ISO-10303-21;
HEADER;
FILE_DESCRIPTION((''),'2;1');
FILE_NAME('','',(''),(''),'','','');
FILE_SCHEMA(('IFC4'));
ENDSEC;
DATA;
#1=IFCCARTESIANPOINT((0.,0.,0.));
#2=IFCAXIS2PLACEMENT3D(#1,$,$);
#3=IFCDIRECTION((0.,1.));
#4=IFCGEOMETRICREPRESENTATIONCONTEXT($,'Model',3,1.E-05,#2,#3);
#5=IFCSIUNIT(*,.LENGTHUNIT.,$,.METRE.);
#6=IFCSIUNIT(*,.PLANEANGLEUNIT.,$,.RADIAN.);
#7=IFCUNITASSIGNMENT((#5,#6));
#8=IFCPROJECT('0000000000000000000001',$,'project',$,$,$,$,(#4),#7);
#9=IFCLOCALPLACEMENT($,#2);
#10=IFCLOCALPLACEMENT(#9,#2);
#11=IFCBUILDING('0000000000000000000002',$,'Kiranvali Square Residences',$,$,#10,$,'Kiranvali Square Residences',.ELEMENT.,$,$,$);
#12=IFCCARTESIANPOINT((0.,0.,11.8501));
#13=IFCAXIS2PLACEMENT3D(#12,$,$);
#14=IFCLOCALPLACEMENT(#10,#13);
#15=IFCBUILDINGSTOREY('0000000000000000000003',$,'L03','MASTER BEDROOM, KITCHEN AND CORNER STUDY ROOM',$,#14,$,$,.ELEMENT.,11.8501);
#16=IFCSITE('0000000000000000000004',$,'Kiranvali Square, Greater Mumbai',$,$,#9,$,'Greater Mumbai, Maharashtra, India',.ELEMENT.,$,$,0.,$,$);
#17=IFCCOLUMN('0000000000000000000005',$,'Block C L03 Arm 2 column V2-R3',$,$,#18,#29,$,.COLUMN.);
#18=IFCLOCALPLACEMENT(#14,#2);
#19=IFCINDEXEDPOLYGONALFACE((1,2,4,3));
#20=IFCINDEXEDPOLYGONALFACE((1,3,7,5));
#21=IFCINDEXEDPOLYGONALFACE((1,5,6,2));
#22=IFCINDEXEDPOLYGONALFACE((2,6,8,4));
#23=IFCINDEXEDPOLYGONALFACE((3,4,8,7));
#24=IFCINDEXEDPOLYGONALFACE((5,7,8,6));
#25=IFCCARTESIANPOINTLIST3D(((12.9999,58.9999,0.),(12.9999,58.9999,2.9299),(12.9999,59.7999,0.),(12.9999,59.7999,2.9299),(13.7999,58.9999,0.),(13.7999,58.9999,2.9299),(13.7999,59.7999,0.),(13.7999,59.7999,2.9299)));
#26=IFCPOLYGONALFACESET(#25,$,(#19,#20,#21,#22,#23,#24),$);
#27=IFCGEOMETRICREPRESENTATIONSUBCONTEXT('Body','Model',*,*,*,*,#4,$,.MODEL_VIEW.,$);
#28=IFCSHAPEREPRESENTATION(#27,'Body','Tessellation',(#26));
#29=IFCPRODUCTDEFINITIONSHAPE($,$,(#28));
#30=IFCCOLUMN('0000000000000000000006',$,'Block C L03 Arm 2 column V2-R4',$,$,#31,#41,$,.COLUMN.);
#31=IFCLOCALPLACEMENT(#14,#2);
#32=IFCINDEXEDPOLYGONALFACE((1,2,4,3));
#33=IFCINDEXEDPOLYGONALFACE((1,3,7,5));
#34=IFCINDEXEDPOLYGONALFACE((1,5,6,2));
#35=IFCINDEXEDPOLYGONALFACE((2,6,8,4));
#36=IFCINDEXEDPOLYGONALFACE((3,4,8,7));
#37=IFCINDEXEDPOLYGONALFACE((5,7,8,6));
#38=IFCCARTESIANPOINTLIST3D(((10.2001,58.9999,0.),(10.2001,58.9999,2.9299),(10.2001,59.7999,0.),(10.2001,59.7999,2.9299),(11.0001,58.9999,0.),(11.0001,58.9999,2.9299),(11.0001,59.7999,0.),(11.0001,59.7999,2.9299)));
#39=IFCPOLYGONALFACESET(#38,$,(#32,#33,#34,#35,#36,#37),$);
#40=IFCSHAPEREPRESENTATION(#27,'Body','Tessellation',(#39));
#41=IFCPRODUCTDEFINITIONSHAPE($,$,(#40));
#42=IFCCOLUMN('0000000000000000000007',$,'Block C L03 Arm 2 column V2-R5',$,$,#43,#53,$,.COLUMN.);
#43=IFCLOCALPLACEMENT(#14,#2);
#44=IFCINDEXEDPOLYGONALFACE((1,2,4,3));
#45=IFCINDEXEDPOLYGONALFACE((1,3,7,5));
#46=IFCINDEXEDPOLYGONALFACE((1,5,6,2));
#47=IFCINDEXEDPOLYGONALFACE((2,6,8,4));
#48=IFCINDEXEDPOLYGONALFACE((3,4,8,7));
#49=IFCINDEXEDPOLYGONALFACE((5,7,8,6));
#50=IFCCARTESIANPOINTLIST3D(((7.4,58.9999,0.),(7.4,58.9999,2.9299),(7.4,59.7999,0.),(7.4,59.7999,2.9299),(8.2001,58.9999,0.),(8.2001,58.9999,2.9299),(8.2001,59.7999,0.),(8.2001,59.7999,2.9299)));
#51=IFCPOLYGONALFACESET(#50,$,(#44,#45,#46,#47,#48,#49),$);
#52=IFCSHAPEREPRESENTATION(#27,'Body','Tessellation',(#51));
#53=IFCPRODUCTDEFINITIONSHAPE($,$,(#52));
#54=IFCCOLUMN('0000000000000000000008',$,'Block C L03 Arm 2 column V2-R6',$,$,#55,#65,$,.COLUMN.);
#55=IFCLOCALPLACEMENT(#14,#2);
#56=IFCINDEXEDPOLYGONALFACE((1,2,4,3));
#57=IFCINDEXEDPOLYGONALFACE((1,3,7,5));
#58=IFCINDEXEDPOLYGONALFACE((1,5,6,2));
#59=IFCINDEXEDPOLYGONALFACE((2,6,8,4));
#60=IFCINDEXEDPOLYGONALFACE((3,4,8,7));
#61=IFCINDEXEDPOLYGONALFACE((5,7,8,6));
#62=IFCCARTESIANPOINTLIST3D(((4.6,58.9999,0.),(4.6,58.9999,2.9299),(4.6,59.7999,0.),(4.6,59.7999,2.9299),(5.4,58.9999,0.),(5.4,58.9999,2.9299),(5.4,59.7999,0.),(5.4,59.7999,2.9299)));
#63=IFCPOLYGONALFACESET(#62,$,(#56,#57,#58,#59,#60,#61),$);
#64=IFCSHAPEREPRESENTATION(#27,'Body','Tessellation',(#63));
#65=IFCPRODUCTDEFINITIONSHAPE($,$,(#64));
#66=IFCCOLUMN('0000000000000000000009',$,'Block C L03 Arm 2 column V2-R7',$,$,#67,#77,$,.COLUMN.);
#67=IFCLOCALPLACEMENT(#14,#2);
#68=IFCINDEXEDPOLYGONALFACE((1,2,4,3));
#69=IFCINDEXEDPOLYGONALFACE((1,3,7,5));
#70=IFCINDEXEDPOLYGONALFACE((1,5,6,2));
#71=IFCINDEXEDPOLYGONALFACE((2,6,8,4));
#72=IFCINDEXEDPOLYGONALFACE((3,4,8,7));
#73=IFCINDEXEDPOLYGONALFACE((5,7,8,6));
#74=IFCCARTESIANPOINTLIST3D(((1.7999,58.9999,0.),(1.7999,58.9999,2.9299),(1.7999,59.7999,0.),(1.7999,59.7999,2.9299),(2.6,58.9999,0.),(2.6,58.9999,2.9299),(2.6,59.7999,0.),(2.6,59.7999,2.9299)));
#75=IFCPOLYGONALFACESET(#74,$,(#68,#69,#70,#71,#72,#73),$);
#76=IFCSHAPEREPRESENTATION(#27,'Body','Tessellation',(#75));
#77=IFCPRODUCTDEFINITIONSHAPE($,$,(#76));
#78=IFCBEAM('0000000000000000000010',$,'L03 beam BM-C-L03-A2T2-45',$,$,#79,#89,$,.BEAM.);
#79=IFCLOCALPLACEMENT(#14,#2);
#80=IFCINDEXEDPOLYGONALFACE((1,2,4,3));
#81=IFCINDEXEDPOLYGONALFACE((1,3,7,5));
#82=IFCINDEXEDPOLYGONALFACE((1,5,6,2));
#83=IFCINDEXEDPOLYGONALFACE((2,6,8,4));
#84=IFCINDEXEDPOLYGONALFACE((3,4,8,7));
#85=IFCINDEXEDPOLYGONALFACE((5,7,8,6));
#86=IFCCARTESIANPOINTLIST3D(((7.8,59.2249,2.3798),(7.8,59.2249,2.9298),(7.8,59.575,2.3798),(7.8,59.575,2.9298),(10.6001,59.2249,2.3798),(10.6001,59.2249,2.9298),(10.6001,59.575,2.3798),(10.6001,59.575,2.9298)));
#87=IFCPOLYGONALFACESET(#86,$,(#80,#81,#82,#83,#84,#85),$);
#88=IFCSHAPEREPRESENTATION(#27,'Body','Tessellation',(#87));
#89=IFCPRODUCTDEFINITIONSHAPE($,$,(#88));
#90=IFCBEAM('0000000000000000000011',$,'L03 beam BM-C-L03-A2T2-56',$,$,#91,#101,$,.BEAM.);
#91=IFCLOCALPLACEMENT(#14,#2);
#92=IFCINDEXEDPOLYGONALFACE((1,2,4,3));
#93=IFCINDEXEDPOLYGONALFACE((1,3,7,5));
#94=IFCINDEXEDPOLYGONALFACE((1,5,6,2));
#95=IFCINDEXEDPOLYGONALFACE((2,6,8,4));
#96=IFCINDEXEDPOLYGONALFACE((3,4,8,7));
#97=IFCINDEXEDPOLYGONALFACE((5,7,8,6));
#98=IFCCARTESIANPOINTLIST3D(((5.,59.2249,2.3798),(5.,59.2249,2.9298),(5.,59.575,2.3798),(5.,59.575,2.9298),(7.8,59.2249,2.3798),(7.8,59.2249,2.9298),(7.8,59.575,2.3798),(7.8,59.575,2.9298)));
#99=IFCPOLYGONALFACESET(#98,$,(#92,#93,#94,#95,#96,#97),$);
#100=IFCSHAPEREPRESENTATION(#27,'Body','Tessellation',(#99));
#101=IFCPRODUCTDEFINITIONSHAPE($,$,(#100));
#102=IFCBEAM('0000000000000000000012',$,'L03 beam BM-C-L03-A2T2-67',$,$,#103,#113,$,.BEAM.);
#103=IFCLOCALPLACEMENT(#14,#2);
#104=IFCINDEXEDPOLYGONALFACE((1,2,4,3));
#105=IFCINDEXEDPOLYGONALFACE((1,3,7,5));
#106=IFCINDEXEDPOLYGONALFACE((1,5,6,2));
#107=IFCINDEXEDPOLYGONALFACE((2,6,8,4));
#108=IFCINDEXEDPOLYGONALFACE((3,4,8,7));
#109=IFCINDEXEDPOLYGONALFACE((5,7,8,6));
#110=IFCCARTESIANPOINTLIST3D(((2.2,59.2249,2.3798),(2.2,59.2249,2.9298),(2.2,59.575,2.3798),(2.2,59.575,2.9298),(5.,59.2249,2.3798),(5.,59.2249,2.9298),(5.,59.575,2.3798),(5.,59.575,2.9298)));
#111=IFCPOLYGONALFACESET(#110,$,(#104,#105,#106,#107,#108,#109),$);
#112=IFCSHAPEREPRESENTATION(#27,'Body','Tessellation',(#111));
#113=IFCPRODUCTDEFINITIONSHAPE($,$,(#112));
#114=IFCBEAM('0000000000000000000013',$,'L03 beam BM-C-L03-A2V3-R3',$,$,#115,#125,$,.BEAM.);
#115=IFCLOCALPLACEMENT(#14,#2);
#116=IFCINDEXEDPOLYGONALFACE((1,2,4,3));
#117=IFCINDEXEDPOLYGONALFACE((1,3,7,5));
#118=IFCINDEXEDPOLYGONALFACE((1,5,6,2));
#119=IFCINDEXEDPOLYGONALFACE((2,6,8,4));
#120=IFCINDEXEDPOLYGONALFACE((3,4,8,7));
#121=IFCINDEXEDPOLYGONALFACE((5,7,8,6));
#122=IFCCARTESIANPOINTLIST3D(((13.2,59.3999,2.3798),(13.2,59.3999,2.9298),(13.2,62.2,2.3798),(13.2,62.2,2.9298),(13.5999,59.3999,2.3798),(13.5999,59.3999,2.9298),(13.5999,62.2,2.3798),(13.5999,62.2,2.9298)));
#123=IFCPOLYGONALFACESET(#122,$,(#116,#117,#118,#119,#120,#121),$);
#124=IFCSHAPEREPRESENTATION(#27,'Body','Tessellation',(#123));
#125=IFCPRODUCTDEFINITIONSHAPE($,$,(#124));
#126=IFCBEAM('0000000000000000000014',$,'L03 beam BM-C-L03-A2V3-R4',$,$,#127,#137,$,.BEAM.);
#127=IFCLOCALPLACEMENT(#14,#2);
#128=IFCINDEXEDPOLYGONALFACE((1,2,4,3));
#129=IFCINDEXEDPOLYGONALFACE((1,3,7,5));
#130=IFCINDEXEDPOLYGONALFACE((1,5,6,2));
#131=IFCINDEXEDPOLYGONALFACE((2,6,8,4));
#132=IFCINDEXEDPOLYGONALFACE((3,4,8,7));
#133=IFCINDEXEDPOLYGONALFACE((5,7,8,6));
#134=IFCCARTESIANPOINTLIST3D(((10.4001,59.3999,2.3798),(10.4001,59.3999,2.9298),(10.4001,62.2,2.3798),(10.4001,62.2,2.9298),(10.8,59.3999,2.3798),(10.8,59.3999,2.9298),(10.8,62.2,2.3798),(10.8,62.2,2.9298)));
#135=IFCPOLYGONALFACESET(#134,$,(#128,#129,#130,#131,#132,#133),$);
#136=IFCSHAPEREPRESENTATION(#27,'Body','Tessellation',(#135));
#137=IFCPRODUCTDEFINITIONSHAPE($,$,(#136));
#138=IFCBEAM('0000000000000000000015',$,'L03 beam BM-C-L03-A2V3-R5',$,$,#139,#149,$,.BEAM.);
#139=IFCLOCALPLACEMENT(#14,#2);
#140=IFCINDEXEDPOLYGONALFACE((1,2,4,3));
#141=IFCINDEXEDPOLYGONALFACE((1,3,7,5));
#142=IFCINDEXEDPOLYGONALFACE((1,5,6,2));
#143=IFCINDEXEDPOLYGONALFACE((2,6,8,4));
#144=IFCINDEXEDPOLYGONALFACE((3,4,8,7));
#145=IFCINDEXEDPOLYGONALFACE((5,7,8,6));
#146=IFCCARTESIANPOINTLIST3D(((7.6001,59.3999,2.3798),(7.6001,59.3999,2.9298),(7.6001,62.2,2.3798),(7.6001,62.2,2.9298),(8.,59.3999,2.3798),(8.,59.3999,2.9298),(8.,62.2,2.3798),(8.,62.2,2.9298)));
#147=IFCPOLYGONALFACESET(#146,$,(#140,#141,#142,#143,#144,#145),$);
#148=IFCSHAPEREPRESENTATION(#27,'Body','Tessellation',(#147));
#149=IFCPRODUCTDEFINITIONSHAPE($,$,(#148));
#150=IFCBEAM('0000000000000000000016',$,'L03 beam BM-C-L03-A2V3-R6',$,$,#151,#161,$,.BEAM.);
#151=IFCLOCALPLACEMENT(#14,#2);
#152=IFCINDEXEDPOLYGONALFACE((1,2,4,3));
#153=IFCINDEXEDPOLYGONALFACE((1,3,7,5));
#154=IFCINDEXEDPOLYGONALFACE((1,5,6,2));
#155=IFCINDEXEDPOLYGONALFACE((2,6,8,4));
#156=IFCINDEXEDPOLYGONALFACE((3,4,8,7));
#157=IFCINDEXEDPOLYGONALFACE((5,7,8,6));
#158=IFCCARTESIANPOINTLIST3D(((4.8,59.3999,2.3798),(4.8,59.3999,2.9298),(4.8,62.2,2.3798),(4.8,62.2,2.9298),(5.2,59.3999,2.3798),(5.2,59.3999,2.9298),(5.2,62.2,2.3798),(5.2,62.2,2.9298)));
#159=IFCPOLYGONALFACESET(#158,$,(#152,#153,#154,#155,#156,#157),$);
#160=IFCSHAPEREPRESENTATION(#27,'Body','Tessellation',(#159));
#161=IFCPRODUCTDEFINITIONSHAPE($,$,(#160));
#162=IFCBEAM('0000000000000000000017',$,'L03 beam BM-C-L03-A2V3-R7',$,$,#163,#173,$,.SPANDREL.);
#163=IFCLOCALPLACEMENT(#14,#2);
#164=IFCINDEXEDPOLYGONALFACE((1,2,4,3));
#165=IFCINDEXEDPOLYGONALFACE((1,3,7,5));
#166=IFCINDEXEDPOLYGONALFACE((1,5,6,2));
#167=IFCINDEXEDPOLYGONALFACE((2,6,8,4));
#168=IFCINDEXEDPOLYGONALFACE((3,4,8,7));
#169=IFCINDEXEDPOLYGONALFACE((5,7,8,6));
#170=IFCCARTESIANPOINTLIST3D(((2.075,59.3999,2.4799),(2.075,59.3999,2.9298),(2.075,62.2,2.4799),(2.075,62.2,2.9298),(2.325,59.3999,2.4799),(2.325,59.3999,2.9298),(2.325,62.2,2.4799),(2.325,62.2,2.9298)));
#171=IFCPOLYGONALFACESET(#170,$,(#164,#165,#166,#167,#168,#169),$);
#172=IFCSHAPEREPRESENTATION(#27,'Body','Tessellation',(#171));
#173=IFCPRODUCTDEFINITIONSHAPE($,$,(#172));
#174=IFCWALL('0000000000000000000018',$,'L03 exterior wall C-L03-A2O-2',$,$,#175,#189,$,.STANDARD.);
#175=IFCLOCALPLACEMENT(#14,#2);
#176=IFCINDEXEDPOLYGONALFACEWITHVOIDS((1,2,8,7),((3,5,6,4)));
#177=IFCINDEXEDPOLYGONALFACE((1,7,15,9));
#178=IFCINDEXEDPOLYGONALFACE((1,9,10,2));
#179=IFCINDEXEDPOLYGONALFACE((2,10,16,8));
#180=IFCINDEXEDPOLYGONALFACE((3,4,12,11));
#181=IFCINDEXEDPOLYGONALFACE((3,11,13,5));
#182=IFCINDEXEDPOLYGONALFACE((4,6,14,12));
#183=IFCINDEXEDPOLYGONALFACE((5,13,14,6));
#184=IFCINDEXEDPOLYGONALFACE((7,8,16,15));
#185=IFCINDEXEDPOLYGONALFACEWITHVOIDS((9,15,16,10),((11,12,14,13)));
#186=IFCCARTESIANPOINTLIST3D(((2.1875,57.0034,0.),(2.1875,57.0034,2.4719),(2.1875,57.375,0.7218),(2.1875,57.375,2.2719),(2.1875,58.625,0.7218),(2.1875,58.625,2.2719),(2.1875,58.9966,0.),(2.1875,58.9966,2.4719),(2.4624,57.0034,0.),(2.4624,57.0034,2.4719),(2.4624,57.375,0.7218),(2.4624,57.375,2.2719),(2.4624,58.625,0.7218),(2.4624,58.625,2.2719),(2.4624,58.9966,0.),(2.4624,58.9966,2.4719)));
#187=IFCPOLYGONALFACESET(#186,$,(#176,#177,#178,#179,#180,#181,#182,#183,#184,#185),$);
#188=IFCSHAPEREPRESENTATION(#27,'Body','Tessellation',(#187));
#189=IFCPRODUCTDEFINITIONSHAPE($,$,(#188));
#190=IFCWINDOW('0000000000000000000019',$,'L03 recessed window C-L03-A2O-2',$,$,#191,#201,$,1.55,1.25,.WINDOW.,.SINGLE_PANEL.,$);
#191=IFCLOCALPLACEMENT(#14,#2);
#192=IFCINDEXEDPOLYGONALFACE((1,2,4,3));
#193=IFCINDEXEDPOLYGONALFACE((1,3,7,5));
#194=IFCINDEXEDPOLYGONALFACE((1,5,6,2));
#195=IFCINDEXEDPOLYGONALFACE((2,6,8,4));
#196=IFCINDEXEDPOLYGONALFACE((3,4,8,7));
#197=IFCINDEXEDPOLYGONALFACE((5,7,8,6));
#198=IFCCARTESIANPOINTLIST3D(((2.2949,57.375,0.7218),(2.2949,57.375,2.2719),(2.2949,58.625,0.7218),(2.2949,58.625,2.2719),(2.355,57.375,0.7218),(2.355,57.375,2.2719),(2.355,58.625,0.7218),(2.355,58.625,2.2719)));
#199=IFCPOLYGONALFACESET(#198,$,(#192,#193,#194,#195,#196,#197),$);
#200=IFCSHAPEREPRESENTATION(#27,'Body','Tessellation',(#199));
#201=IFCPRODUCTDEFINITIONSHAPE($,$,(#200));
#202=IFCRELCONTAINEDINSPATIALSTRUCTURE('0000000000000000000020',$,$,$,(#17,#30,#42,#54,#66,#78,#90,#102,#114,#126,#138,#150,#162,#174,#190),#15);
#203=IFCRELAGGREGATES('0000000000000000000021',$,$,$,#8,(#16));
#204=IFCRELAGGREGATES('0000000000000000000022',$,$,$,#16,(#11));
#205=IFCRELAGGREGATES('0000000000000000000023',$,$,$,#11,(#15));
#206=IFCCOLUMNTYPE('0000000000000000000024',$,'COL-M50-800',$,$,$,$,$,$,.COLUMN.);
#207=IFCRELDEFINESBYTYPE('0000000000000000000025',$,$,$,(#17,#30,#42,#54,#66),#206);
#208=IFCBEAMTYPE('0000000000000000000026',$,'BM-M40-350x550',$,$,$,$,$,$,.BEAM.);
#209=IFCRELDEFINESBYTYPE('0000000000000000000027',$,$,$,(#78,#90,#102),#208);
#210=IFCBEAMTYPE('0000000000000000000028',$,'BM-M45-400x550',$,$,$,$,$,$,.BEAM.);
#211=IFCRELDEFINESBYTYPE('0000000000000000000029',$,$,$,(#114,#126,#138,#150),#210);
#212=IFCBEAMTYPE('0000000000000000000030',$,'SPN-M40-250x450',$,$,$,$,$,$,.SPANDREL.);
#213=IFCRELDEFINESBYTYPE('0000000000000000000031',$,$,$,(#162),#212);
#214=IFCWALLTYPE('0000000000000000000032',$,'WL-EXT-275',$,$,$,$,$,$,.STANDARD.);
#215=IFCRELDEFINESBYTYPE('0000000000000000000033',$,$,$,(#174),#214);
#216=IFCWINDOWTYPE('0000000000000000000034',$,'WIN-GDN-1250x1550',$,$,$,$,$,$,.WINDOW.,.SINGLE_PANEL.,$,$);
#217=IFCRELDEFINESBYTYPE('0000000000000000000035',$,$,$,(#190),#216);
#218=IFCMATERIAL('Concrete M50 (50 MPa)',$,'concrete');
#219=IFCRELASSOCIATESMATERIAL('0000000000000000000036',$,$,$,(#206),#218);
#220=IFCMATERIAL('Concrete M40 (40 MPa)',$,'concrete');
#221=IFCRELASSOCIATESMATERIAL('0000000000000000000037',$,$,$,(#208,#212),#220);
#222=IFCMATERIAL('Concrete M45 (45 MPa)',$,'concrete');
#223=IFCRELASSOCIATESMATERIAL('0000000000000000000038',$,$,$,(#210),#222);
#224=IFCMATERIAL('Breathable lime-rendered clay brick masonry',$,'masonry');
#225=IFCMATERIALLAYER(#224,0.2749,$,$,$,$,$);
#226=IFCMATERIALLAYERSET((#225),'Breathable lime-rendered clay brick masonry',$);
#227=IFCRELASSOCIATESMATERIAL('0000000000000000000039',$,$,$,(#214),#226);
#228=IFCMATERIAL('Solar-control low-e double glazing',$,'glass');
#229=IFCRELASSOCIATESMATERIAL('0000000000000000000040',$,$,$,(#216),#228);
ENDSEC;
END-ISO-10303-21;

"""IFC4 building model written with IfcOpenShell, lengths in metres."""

from ifc_helpers import new_model, si_unit, direction, frame, frame_2d, origin, origin_2d, place, context, subcontext, project, spatial, rectangle, extrude, material, layer, layer_set, material_profile, profile_set, type_object, element, fill, save


model = new_model("IFC4")

# Units and contexts
model_context = context("Model", 3, precision=1e-05, world=origin(), true_north=direction((0.0, 1.0)))
body_context = subcontext(model_context, "Body", "Model", "MODEL_VIEW")
ifc_project = project(units=[si_unit("LENGTHUNIT", "METRE"), si_unit("PLANEANGLEUNIT", "RADIAN")], contexts=[model_context])

# Site, building, storey
site_placement = place(None, origin())
site = spatial("IfcSite", under=ifc_project, at=site_placement, Name="Kiranvali Square, Greater Mumbai", LongName="Greater Mumbai, Maharashtra, India", CompositionType="ELEMENT", RefElevation=0.0)
building_placement = place(site_placement, origin())
building = spatial("IfcBuilding", under=site, at=building_placement, Name="Kiranvali Square Residences", LongName="Kiranvali Square Residences", CompositionType="ELEMENT")
storey_placement = place(building_placement, frame((0.0, 0.0, 11.8501)))
storey = spatial("IfcBuildingStorey", under=building, at=storey_placement, Name="L03", Description="MASTER BEDROOM, KITCHEN AND CORNER STUDY ROOM", CompositionType="ELEMENT", Elevation=11.8501)

# Columns
ifc_material_1 = material(Name="Concrete M50 (50 MPa)", Category="concrete")
ifc_material_profile_1 = material_profile(ifc_material_1, rectangle(XDim=0.8, YDim=0.8, at=origin_2d()), Name="RC 800x800")
ifc_profile_set_1 = profile_set([ifc_material_profile_1], Name="Concrete M50 (50 MPa)")
column_type = type_object("IfcColumnType", Name="COL-M50-800", PredefinedType="COLUMN", material=ifc_profile_set_1)
for number, where, z_axis, x_axis, name in (
    (1, (13.3999, 59.3999, 0.0), (0.0, 0.0, 1.0), (1.0, 0.0, 0.0), "Block C L03 Arm 2 column V2-R3"),
    (2, (10.6001, 59.3999, 0.0), (0.0, 0.0, 1.0), (1.0, 0.0, 0.0), "Block C L03 Arm 2 column V2-R4"),
    (3, (7.8, 59.3999, 0.0), (0.0, 0.0, 1.0), (1.0, 0.0, 0.0), "Block C L03 Arm 2 column V2-R5"),
    (4, (5.0, 59.3999, 0.0), (0.0, 0.0, 1.0), (1.0, 0.0, 0.0), "Block C L03 Arm 2 column V2-R6"),
    (5, (2.2, 59.3999, 0.0), (0.0, 0.0, 1.0), (1.0, 0.0, 0.0), "Block C L03 Arm 2 column V2-R7"),
):
    element("IfcColumn", number, at=place(storey_placement, frame(where, z_axis=z_axis, x_axis=x_axis)), inside=storey, type_object=column_type, Name=name, PredefinedType="COLUMN", context=body_context, shape_type="SweptSolid", body=[
        extrude(rectangle(XDim=0.8, YDim=0.8, at=origin_2d()), origin(), (0.0, 0.0, 1.0), 2.9299),
    ])

# Beams
ifc_material_2 = material(Name="Concrete M40 (40 MPa)", Category="concrete")
ifc_material_profile_2 = material_profile(ifc_material_2, rectangle(XDim=0.3501, YDim=0.55, at=origin_2d()), Name="RC 350x550")
ifc_profile_set_2 = profile_set([ifc_material_profile_2], Name="Concrete M40 (40 MPa)")
beam_type_1 = type_object("IfcBeamType", Name="BM-M40-350x550", PredefinedType="BEAM", material=ifc_profile_set_2)
for number, where, z_axis, x_axis, name in (
    (6, (10.6001, 59.3999, 2.6548), (-1.0, 0.0, 0.0), (0.0, -1.0, 0.0), "L03 beam BM-C-L03-A2T2-45"),
    (7, (7.8, 59.3999, 2.6548), (-1.0, 0.0, 0.0), (0.0, -1.0, 0.0), "L03 beam BM-C-L03-A2T2-56"),
    (8, (5.0, 59.3999, 2.6548), (-1.0, 0.0, 0.0), (0.0, -1.0, 0.0), "L03 beam BM-C-L03-A2T2-67"),
):
    element("IfcBeam", number, at=place(storey_placement, frame(where, z_axis=z_axis, x_axis=x_axis)), inside=storey, type_object=beam_type_1, Name=name, PredefinedType="BEAM", context=body_context, shape_type="SweptSolid", body=[
        extrude(rectangle(XDim=0.3501, YDim=0.55, at=origin_2d()), origin(), (0.0, 0.0, 1.0), 2.8),
    ])
ifc_material_3 = material(Name="Concrete M45 (45 MPa)", Category="concrete")
ifc_material_profile_3 = material_profile(ifc_material_3, rectangle(XDim=0.3999, YDim=0.55, at=origin_2d()), Name="RC 400x550")
ifc_profile_set_3 = profile_set([ifc_material_profile_3], Name="Concrete M45 (45 MPa)")
beam_type_2 = type_object("IfcBeamType", Name="BM-M45-400x550", PredefinedType="BEAM", material=ifc_profile_set_3)
for number, where, z_axis, x_axis, name in (
    (9, (13.3999, 59.3999, 2.6548), (0.0, 1.0, 0.0), (-1.0, 0.0, 0.0), "L03 beam BM-C-L03-A2V3-R3"),
    (10, (10.6001, 59.3999, 2.6548), (0.0, 1.0, 0.0), (-1.0, 0.0, 0.0), "L03 beam BM-C-L03-A2V3-R4"),
    (11, (7.8, 59.3999, 2.6548), (0.0, 1.0, 0.0), (-1.0, 0.0, 0.0), "L03 beam BM-C-L03-A2V3-R5"),
    (12, (5.0, 59.3999, 2.6548), (0.0, 1.0, 0.0), (-1.0, 0.0, 0.0), "L03 beam BM-C-L03-A2V3-R6"),
):
    element("IfcBeam", number, at=place(storey_placement, frame(where, z_axis=z_axis, x_axis=x_axis)), inside=storey, type_object=beam_type_2, Name=name, PredefinedType="BEAM", context=body_context, shape_type="SweptSolid", body=[
        extrude(rectangle(XDim=0.3999, YDim=0.55, at=origin_2d()), origin(), (0.0, 0.0, 1.0), 2.8),
    ])
ifc_material_profile_4 = material_profile(ifc_material_2, rectangle(XDim=0.25, YDim=0.45, at=origin_2d()), Name="RC 250x450")
ifc_profile_set_4 = profile_set([ifc_material_profile_4], Name="Concrete M40 (40 MPa)")
beam_type_3 = type_object("IfcBeamType", Name="SPN-M40-250x450", PredefinedType="SPANDREL", material=ifc_profile_set_4)
beam_placement = place(storey_placement, frame((2.2, 59.3999, 2.7048), z_axis=(0.0, 1.0, 0.0), x_axis=(-1.0, 0.0, 0.0)))
element("IfcBeam", 13, at=beam_placement, inside=storey, type_object=beam_type_3, Name="L03 beam BM-C-L03-A2V3-R7", PredefinedType="SPANDREL", context=body_context, shape_type="SweptSolid", body=[
    extrude(rectangle(XDim=0.25, YDim=0.45, at=origin_2d()), origin(), (0.0, 0.0, 1.0), 2.8),
])

# Wall, opening, window
ifc_material_4 = material(Name="Breathable lime-rendered clay brick masonry", Category="masonry")
ifc_layer_1 = layer(ifc_material_4, 0.2749)
ifc_layer_set_1 = layer_set([ifc_layer_1], Name="Breathable lime-rendered clay brick masonry")
wall_type_1 = type_object("IfcWallType", Name="WL-EXT-275", PredefinedType="STANDARD", material=ifc_layer_set_1)
wall_1_placement = place(storey_placement, frame((2.325, 57.0034, 0.0), z_axis=(0.0, 0.0, 1.0), x_axis=(0.0, 1.0, 0.0)))
wall_1 = element("IfcWall", 14, at=wall_1_placement, inside=storey, type_object=wall_type_1, Name="L03 exterior wall C-L03-A2O-2", PredefinedType="STANDARD", context=body_context, shape_type="SweptSolid", body=[
    extrude(rectangle(XDim=1.9932, YDim=0.2749, at=frame_2d((0.9966, 0.0))), origin(), (0.0, 0.0, 1.0), 2.4719),
])
opening_1_placement = place(wall_1_placement, frame((0.3716, 0.0, 0.7219)))
opening_1 = element("IfcOpeningElement", 15, at=opening_1_placement, cuts=wall_1, PredefinedType="OPENING", context=body_context, shape_type="SweptSolid", body=[
    extrude(rectangle(XDim=1.25, YDim=1.55, at=frame_2d((0.625, 0.7749))), frame((0.0, 0.1475, 0.0), z_axis=(0.0, -1.0, 0.0), x_axis=(1.0, 0.0, 0.0)), (0.0, 0.0, 1.0), 0.2949),
])
ifc_material_5 = material(Name="Solar-control low-e double glazing", Category="glass")
window_type_1 = type_object("IfcWindowType", Name="WIN-GDN-1250x1550", PartitioningType="SINGLE_PANEL", PredefinedType="WINDOW", material=ifc_material_5)
window_1_placement = place(opening_1_placement, origin())
window_1 = element("IfcWindow", 16, at=window_1_placement, inside=storey, type_object=window_type_1, Name="L03 recessed window C-L03-A2O-2", OverallHeight=1.55, OverallWidth=1.25, PartitioningType="SINGLE_PANEL", PredefinedType="WINDOW", context=body_context, shape_type="SweptSolid", body=[
    extrude(rectangle(XDim=1.25, YDim=1.55, at=frame_2d((0.625, 0.7749))), frame((0.0, 0.03, 0.0), z_axis=(0.0, -1.0, 0.0), x_axis=(1.0, 0.0, 0.0)), (0.0, 0.0, 1.0), 0.0601),
])
fill(opening_1, window_1)

save(model, "model.ifc")
